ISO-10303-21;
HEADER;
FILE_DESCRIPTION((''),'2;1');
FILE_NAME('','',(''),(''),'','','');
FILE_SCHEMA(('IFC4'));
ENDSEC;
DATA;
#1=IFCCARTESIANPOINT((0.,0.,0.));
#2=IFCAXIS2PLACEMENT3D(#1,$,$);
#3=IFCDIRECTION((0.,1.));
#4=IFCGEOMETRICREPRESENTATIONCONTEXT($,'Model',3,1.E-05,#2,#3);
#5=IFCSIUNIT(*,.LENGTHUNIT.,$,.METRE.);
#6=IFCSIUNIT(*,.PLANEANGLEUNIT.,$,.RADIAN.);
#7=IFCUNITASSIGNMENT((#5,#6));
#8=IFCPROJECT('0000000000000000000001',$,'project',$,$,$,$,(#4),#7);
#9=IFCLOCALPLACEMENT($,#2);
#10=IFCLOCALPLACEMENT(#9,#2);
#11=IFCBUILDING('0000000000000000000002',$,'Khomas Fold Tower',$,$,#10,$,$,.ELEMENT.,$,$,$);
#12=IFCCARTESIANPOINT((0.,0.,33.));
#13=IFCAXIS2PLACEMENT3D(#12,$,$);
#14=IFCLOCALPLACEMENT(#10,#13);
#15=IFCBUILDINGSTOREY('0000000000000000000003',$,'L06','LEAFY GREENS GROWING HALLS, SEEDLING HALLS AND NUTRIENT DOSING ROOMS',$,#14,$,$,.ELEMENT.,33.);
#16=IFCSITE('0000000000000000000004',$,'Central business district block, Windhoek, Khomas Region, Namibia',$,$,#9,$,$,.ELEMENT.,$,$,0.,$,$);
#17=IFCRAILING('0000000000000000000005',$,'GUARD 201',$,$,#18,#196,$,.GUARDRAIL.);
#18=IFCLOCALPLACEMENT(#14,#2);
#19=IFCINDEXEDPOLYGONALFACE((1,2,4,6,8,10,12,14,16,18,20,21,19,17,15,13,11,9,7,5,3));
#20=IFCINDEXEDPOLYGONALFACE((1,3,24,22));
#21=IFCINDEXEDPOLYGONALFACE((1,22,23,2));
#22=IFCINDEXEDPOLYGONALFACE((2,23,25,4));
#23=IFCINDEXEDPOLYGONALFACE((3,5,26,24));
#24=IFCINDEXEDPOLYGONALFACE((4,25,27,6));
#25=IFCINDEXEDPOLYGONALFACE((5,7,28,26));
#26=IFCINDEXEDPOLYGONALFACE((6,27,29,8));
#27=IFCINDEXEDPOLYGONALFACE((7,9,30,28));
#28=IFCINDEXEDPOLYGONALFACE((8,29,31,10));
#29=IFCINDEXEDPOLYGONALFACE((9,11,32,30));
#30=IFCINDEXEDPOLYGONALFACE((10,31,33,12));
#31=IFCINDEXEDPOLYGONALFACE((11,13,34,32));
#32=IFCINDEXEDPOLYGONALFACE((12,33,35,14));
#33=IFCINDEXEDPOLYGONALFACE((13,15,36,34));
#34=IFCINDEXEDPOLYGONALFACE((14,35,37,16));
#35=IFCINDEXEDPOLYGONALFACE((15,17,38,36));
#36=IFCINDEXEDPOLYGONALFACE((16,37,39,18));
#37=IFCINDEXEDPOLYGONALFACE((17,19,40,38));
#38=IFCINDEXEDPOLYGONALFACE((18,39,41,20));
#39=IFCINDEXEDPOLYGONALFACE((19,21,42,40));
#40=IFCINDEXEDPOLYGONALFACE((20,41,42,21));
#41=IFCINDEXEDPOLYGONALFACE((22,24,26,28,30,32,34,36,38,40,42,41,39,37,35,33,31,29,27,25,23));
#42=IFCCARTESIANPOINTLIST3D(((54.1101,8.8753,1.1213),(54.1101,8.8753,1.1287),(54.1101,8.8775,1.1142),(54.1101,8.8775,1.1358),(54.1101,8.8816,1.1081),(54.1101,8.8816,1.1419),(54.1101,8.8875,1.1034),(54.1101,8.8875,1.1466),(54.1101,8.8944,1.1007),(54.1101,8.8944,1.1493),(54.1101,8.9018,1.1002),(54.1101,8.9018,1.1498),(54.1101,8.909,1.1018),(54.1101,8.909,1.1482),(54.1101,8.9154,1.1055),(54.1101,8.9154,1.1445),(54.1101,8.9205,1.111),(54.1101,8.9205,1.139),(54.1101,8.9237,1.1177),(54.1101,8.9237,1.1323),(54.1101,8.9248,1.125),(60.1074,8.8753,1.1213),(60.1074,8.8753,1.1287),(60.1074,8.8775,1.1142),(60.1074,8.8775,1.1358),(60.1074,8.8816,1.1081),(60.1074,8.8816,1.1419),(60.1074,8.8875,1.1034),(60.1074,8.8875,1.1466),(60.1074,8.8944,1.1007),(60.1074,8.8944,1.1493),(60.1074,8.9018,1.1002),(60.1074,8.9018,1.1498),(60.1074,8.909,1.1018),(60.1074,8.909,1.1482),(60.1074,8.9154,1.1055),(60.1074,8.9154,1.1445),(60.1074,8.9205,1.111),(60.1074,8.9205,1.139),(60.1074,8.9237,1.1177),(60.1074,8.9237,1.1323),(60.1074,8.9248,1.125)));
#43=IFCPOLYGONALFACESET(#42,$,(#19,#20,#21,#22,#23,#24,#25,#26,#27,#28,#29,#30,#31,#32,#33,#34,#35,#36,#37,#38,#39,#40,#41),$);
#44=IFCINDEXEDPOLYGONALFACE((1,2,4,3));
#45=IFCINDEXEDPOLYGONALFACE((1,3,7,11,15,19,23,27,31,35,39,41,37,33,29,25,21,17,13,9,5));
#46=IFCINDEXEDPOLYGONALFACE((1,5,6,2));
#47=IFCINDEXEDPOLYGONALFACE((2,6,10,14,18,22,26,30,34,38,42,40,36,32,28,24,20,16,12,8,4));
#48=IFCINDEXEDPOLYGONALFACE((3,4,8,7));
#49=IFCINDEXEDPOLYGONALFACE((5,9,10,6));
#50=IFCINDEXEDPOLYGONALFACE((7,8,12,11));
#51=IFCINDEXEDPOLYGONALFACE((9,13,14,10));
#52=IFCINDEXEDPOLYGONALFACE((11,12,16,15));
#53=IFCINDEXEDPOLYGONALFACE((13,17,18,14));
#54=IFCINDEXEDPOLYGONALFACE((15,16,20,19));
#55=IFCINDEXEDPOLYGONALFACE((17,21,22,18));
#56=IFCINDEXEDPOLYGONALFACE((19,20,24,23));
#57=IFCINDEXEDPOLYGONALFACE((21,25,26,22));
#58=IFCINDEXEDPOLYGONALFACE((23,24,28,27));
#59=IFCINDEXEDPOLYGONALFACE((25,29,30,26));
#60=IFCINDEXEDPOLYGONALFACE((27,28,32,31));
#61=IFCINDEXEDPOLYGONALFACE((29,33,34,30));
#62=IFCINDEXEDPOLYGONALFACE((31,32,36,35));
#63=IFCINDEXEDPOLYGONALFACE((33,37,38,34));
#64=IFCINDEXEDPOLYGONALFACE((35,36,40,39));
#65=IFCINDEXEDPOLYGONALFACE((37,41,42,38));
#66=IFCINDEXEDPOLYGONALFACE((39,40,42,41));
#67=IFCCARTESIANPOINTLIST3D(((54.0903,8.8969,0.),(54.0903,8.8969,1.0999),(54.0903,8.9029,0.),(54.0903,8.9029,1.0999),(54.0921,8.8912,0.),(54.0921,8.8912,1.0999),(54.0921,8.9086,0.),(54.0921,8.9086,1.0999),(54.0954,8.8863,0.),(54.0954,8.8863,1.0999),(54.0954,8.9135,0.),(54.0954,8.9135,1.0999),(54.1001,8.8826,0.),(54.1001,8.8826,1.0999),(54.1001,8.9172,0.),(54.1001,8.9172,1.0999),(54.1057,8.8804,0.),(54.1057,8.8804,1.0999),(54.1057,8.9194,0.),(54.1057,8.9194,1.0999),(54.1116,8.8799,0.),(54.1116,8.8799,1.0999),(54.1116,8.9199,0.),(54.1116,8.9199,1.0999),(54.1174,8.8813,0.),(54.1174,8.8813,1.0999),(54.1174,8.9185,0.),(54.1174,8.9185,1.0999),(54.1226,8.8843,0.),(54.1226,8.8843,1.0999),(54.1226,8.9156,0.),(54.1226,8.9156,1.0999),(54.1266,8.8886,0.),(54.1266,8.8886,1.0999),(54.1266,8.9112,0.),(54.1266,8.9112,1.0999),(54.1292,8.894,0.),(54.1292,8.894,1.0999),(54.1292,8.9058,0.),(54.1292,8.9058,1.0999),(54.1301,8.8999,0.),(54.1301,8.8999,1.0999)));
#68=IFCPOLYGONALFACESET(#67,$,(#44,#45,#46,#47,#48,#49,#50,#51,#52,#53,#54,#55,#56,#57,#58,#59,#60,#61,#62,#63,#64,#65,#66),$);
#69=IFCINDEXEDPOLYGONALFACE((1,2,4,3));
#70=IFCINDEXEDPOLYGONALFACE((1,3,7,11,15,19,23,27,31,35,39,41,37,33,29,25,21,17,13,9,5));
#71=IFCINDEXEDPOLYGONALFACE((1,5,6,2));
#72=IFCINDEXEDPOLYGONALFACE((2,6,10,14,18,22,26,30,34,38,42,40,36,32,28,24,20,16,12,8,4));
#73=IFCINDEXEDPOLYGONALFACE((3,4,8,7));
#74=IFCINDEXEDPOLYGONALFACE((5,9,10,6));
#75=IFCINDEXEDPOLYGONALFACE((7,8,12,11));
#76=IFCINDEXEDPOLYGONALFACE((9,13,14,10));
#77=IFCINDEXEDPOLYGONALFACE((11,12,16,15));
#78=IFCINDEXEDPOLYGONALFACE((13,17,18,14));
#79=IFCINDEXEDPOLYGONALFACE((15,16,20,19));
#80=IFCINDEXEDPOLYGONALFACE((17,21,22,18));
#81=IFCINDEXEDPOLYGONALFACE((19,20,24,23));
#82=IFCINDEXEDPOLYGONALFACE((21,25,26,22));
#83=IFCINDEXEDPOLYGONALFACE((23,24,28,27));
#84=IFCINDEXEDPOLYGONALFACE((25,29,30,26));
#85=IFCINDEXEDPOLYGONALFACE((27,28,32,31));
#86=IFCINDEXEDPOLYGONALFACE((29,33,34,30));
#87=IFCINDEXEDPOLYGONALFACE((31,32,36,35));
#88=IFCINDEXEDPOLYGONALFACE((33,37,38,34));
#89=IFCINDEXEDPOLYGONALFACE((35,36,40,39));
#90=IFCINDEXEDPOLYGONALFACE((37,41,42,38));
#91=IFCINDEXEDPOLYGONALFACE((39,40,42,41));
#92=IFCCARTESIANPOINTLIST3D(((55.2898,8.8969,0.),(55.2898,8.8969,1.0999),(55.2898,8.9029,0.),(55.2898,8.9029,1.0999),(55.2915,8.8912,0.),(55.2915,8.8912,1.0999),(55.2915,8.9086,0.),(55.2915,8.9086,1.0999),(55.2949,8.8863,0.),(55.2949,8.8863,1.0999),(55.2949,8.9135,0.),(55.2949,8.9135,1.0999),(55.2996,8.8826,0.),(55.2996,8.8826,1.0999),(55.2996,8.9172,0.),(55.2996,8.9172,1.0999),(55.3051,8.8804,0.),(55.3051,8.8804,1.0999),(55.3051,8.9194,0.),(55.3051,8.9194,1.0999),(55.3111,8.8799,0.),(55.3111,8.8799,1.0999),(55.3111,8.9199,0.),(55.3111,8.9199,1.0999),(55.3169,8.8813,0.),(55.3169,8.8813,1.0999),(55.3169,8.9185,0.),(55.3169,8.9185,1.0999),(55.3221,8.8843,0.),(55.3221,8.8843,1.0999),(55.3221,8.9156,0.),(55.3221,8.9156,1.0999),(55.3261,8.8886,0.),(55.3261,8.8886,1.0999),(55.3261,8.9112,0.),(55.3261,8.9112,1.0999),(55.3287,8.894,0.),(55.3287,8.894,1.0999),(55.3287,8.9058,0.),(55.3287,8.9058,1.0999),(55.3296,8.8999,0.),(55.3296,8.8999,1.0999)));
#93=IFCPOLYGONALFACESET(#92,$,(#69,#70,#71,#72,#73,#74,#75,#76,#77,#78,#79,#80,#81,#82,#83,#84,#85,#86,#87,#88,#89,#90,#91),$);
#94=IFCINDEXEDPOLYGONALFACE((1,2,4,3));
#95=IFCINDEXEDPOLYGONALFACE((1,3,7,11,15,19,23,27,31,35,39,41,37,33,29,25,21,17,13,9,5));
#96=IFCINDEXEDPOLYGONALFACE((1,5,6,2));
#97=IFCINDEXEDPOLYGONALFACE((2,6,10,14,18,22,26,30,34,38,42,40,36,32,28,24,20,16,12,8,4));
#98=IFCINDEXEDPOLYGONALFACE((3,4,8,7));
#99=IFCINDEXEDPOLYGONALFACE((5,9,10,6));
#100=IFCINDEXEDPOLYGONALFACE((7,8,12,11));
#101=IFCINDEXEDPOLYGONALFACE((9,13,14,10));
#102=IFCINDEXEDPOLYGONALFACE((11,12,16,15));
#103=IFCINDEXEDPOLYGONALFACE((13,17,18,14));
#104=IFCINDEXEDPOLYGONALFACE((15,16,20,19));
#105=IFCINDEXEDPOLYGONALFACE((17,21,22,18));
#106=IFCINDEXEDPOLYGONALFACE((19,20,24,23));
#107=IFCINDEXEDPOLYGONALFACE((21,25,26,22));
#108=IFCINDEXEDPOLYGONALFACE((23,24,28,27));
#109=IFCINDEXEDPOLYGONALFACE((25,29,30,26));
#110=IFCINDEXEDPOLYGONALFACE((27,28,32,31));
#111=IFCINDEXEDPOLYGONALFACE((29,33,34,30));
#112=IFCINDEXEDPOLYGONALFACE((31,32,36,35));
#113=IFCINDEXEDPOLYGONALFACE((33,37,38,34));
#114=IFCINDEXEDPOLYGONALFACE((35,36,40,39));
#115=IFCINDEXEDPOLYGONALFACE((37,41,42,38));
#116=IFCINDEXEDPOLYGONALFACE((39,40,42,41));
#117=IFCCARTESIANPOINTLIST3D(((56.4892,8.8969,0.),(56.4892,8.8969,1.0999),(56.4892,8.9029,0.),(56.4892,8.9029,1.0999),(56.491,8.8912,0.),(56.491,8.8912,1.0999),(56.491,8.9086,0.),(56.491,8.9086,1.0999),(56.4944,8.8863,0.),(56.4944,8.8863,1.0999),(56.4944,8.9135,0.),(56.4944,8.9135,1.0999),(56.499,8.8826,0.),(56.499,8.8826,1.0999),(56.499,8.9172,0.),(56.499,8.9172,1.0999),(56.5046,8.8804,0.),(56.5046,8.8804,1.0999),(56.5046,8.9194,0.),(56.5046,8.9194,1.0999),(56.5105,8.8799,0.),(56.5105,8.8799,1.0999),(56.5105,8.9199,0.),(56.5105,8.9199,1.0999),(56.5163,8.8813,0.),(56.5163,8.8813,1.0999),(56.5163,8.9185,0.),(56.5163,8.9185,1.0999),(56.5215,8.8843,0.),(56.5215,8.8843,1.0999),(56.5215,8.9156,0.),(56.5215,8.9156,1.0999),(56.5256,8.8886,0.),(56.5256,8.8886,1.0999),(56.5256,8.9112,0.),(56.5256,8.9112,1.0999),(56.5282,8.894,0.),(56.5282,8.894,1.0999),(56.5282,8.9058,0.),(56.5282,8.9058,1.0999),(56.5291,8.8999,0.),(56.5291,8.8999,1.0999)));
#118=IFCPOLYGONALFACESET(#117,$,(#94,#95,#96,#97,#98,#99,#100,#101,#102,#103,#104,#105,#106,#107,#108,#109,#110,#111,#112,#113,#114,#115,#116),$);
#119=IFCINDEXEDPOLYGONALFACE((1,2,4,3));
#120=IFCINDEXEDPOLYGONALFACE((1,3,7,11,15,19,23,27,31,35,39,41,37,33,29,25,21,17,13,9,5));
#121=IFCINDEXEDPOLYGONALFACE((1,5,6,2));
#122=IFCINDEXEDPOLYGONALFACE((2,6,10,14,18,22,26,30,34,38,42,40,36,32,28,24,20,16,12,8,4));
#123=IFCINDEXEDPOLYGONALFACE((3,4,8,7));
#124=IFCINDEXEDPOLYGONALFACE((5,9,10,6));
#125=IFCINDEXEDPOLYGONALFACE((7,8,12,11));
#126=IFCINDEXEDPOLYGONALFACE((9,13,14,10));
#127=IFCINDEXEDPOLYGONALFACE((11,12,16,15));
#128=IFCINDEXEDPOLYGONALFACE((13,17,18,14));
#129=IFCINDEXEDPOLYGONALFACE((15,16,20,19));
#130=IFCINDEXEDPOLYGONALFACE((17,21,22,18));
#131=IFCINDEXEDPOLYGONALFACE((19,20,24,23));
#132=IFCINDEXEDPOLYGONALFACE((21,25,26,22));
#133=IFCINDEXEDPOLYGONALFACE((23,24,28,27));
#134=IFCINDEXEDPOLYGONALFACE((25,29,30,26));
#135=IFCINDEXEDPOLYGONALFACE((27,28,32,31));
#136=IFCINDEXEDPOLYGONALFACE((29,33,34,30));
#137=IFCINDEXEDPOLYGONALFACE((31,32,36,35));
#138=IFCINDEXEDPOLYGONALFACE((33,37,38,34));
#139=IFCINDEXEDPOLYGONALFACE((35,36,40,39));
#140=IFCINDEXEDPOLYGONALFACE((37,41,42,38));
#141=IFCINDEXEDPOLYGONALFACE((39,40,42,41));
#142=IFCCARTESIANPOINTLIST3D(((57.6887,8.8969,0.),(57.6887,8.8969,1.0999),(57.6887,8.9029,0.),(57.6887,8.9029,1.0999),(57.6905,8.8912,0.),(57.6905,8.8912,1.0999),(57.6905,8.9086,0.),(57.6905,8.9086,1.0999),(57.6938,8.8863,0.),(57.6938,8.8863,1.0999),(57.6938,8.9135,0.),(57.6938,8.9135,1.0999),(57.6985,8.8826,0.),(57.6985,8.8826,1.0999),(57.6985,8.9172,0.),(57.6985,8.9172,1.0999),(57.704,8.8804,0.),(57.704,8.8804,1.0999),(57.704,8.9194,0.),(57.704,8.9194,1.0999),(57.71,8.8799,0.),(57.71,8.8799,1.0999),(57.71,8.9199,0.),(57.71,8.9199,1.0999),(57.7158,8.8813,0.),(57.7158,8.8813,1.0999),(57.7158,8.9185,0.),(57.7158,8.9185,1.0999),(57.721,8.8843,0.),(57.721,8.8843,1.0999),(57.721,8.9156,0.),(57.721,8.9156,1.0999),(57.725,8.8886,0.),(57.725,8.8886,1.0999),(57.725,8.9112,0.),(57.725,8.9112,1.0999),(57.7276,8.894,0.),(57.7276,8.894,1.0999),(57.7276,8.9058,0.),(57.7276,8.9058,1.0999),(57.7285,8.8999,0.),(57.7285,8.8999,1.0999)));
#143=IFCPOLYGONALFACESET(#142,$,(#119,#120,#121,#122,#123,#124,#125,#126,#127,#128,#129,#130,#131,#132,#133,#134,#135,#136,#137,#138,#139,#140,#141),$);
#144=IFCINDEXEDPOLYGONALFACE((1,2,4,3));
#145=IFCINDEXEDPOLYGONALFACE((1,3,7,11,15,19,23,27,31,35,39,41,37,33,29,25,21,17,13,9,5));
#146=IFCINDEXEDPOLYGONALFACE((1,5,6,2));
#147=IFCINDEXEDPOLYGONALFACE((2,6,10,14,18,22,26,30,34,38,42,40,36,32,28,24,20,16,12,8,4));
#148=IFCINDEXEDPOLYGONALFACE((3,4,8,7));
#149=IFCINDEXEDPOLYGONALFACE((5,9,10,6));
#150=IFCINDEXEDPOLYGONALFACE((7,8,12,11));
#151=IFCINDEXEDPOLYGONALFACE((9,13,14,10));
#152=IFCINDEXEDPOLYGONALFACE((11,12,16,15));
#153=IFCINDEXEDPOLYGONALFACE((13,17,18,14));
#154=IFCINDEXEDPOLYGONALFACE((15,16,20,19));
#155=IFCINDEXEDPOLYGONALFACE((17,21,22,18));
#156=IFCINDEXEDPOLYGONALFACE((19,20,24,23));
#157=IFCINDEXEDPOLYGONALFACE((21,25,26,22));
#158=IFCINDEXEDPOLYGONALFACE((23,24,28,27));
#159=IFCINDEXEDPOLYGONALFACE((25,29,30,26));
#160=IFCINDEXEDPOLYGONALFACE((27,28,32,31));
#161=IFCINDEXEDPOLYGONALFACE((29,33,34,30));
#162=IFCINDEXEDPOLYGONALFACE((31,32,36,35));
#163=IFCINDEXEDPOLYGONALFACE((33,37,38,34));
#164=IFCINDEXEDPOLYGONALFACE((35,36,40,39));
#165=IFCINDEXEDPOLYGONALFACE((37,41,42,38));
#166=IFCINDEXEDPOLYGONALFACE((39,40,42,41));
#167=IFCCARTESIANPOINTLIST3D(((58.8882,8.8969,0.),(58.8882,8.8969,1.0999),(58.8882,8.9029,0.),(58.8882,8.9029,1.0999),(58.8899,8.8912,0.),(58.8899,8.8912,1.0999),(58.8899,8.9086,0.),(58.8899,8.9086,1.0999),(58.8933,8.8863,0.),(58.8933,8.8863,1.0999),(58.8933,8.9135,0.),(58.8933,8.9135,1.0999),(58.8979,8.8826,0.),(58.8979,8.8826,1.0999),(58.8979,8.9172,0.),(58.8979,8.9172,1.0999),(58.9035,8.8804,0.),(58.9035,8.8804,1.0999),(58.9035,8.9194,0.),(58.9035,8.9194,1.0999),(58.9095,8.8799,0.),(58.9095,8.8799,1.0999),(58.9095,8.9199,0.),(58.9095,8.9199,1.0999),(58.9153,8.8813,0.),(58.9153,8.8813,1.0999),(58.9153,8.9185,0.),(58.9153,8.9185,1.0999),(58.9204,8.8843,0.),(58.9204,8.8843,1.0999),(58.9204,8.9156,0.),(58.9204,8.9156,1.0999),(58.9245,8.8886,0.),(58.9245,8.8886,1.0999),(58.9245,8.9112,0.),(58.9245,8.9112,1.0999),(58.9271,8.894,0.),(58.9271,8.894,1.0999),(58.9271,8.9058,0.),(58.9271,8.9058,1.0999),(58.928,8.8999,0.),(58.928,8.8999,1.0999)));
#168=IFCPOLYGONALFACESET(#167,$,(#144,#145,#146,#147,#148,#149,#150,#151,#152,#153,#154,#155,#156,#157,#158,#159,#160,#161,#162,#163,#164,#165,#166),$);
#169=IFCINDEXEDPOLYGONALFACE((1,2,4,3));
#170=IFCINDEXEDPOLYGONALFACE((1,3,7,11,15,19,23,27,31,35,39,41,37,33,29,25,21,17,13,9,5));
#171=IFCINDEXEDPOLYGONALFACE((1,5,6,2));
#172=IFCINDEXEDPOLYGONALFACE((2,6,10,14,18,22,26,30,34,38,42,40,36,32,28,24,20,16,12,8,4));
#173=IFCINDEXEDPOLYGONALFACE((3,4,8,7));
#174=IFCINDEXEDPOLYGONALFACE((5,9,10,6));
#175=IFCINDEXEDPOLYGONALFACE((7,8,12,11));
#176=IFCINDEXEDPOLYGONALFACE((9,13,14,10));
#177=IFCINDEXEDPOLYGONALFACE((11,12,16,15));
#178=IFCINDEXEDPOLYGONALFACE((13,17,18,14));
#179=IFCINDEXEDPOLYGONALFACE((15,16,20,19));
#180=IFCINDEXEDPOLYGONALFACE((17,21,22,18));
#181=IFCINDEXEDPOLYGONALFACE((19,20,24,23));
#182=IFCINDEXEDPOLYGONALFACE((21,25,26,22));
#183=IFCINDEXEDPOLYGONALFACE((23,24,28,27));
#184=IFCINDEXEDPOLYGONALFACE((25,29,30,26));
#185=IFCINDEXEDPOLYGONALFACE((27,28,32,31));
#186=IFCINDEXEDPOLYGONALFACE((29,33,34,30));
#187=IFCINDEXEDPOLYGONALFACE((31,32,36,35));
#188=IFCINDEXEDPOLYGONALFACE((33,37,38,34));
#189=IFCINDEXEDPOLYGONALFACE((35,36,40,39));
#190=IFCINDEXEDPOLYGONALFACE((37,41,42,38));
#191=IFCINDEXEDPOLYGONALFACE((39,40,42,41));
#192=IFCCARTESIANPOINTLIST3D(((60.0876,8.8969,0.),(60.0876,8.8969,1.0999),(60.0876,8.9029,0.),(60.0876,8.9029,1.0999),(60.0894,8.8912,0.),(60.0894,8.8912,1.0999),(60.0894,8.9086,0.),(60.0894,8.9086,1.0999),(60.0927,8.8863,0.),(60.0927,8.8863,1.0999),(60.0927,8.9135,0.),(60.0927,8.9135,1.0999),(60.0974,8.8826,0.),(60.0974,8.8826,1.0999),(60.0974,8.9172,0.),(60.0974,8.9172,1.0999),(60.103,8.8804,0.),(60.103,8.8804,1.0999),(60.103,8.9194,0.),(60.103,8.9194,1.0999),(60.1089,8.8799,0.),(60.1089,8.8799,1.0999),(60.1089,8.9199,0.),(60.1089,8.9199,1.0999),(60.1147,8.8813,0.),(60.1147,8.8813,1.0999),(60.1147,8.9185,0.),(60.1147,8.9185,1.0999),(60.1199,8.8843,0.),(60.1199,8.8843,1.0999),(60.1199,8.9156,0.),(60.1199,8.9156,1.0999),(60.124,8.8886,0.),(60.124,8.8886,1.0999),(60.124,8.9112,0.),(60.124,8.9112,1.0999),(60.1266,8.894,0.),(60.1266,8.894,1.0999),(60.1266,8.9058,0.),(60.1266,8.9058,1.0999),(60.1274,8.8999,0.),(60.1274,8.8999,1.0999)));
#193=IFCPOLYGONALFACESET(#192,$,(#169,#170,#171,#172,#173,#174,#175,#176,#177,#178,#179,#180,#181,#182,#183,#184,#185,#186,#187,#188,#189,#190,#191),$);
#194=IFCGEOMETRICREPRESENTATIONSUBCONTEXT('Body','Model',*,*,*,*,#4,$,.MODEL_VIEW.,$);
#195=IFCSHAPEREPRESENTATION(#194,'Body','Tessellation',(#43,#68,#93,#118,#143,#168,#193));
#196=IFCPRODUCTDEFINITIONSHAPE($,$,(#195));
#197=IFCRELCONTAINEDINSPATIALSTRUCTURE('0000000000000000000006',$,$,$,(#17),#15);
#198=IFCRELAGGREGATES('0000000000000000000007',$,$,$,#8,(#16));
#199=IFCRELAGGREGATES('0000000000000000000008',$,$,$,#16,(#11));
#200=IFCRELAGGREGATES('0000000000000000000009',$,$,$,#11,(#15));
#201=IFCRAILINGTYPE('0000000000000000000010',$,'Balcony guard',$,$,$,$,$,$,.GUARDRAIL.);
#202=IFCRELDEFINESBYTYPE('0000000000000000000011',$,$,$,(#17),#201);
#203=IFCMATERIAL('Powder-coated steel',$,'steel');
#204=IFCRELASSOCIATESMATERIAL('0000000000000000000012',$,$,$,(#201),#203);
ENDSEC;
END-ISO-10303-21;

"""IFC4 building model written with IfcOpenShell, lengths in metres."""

from ifc_helpers import new_model, si_unit, direction, frame, origin, origin_2d, place, context, subcontext, project, spatial, circle, extrude, source, transform, mapped, material, type_object, element, save


model = new_model("IFC4")

# Units and contexts
model_context = context("Model", 3, precision=1e-05, world=origin(), true_north=direction((0.0, 1.0)))
body_context = subcontext(model_context, "Body", "Model", "MODEL_VIEW")
ifc_project = project(units=[si_unit("LENGTHUNIT", "METRE"), si_unit("PLANEANGLEUNIT", "RADIAN")], contexts=[model_context])

# Site, building, storey
site_placement = place(None, origin())
site = spatial("IfcSite", under=ifc_project, at=site_placement, Name="Central business district block, Windhoek, Khomas Region, Namibia", CompositionType="ELEMENT", RefElevation=0.0)
building_placement = place(site_placement, origin())
building = spatial("IfcBuilding", under=site, at=building_placement, Name="Khomas Fold Tower", CompositionType="ELEMENT")
storey_placement = place(building_placement, frame((0.0, 0.0, 33.0)))
storey = spatial("IfcBuildingStorey", under=building, at=storey_placement, Name="L06", Description="LEAFY GREENS GROWING HALLS, SEEDLING HALLS AND NUTRIENT DOSING ROOMS", CompositionType="ELEMENT", Elevation=33.0)

# Railing
ifc_material_1 = material(Name="Powder-coated steel", Category="steel")
railing_type = type_object("IfcRailingType", Name="Balcony guard", PredefinedType="GUARDRAIL", material=ifc_material_1)
shared_shape_1 = source(origin(), body_context, "Body", "SweptSolid", [
    extrude(circle(Radius=0.0249, at=origin_2d()), frame((0.0, 0.0, 1.125), z_axis=(1.0, 0.0, 0.0), x_axis=(0.0, 1.0, 0.0)), (0.0, 0.0, 1.0), 5.9973),
    extrude(circle(Radius=0.02, at=origin_2d()), origin(), (0.0, 0.0, 1.0), 1.0999),
    extrude(circle(Radius=0.02, at=origin_2d()), frame((1.1995, 0.0, 0.0)), (0.0, 0.0, 1.0), 1.0999),
    extrude(circle(Radius=0.02, at=origin_2d()), frame((2.3989, 0.0, 0.0)), (0.0, 0.0, 1.0), 1.0999),
    extrude(circle(Radius=0.02, at=origin_2d()), frame((3.5984, 0.0, 0.0)), (0.0, 0.0, 1.0), 1.0999),
    extrude(circle(Radius=0.02, at=origin_2d()), frame((4.7979, 0.0, 0.0)), (0.0, 0.0, 1.0), 1.0999),
    extrude(circle(Radius=0.02, at=origin_2d()), frame((5.9973, 0.0, 0.0)), (0.0, 0.0, 1.0), 1.0999),
])
railing_1_placement = place(storey_placement, frame((54.1101, 8.8999, 0.0)))
element("IfcRailing", 1, at=railing_1_placement, inside=storey, type_object=railing_type, Name="GUARD 201", PredefinedType="GUARDRAIL", context=body_context, shape_type="MappedRepresentation", body=[
    mapped(shared_shape_1, transform((0.0, 0.0, 0.0))),
])

save(model, "model.ifc")
